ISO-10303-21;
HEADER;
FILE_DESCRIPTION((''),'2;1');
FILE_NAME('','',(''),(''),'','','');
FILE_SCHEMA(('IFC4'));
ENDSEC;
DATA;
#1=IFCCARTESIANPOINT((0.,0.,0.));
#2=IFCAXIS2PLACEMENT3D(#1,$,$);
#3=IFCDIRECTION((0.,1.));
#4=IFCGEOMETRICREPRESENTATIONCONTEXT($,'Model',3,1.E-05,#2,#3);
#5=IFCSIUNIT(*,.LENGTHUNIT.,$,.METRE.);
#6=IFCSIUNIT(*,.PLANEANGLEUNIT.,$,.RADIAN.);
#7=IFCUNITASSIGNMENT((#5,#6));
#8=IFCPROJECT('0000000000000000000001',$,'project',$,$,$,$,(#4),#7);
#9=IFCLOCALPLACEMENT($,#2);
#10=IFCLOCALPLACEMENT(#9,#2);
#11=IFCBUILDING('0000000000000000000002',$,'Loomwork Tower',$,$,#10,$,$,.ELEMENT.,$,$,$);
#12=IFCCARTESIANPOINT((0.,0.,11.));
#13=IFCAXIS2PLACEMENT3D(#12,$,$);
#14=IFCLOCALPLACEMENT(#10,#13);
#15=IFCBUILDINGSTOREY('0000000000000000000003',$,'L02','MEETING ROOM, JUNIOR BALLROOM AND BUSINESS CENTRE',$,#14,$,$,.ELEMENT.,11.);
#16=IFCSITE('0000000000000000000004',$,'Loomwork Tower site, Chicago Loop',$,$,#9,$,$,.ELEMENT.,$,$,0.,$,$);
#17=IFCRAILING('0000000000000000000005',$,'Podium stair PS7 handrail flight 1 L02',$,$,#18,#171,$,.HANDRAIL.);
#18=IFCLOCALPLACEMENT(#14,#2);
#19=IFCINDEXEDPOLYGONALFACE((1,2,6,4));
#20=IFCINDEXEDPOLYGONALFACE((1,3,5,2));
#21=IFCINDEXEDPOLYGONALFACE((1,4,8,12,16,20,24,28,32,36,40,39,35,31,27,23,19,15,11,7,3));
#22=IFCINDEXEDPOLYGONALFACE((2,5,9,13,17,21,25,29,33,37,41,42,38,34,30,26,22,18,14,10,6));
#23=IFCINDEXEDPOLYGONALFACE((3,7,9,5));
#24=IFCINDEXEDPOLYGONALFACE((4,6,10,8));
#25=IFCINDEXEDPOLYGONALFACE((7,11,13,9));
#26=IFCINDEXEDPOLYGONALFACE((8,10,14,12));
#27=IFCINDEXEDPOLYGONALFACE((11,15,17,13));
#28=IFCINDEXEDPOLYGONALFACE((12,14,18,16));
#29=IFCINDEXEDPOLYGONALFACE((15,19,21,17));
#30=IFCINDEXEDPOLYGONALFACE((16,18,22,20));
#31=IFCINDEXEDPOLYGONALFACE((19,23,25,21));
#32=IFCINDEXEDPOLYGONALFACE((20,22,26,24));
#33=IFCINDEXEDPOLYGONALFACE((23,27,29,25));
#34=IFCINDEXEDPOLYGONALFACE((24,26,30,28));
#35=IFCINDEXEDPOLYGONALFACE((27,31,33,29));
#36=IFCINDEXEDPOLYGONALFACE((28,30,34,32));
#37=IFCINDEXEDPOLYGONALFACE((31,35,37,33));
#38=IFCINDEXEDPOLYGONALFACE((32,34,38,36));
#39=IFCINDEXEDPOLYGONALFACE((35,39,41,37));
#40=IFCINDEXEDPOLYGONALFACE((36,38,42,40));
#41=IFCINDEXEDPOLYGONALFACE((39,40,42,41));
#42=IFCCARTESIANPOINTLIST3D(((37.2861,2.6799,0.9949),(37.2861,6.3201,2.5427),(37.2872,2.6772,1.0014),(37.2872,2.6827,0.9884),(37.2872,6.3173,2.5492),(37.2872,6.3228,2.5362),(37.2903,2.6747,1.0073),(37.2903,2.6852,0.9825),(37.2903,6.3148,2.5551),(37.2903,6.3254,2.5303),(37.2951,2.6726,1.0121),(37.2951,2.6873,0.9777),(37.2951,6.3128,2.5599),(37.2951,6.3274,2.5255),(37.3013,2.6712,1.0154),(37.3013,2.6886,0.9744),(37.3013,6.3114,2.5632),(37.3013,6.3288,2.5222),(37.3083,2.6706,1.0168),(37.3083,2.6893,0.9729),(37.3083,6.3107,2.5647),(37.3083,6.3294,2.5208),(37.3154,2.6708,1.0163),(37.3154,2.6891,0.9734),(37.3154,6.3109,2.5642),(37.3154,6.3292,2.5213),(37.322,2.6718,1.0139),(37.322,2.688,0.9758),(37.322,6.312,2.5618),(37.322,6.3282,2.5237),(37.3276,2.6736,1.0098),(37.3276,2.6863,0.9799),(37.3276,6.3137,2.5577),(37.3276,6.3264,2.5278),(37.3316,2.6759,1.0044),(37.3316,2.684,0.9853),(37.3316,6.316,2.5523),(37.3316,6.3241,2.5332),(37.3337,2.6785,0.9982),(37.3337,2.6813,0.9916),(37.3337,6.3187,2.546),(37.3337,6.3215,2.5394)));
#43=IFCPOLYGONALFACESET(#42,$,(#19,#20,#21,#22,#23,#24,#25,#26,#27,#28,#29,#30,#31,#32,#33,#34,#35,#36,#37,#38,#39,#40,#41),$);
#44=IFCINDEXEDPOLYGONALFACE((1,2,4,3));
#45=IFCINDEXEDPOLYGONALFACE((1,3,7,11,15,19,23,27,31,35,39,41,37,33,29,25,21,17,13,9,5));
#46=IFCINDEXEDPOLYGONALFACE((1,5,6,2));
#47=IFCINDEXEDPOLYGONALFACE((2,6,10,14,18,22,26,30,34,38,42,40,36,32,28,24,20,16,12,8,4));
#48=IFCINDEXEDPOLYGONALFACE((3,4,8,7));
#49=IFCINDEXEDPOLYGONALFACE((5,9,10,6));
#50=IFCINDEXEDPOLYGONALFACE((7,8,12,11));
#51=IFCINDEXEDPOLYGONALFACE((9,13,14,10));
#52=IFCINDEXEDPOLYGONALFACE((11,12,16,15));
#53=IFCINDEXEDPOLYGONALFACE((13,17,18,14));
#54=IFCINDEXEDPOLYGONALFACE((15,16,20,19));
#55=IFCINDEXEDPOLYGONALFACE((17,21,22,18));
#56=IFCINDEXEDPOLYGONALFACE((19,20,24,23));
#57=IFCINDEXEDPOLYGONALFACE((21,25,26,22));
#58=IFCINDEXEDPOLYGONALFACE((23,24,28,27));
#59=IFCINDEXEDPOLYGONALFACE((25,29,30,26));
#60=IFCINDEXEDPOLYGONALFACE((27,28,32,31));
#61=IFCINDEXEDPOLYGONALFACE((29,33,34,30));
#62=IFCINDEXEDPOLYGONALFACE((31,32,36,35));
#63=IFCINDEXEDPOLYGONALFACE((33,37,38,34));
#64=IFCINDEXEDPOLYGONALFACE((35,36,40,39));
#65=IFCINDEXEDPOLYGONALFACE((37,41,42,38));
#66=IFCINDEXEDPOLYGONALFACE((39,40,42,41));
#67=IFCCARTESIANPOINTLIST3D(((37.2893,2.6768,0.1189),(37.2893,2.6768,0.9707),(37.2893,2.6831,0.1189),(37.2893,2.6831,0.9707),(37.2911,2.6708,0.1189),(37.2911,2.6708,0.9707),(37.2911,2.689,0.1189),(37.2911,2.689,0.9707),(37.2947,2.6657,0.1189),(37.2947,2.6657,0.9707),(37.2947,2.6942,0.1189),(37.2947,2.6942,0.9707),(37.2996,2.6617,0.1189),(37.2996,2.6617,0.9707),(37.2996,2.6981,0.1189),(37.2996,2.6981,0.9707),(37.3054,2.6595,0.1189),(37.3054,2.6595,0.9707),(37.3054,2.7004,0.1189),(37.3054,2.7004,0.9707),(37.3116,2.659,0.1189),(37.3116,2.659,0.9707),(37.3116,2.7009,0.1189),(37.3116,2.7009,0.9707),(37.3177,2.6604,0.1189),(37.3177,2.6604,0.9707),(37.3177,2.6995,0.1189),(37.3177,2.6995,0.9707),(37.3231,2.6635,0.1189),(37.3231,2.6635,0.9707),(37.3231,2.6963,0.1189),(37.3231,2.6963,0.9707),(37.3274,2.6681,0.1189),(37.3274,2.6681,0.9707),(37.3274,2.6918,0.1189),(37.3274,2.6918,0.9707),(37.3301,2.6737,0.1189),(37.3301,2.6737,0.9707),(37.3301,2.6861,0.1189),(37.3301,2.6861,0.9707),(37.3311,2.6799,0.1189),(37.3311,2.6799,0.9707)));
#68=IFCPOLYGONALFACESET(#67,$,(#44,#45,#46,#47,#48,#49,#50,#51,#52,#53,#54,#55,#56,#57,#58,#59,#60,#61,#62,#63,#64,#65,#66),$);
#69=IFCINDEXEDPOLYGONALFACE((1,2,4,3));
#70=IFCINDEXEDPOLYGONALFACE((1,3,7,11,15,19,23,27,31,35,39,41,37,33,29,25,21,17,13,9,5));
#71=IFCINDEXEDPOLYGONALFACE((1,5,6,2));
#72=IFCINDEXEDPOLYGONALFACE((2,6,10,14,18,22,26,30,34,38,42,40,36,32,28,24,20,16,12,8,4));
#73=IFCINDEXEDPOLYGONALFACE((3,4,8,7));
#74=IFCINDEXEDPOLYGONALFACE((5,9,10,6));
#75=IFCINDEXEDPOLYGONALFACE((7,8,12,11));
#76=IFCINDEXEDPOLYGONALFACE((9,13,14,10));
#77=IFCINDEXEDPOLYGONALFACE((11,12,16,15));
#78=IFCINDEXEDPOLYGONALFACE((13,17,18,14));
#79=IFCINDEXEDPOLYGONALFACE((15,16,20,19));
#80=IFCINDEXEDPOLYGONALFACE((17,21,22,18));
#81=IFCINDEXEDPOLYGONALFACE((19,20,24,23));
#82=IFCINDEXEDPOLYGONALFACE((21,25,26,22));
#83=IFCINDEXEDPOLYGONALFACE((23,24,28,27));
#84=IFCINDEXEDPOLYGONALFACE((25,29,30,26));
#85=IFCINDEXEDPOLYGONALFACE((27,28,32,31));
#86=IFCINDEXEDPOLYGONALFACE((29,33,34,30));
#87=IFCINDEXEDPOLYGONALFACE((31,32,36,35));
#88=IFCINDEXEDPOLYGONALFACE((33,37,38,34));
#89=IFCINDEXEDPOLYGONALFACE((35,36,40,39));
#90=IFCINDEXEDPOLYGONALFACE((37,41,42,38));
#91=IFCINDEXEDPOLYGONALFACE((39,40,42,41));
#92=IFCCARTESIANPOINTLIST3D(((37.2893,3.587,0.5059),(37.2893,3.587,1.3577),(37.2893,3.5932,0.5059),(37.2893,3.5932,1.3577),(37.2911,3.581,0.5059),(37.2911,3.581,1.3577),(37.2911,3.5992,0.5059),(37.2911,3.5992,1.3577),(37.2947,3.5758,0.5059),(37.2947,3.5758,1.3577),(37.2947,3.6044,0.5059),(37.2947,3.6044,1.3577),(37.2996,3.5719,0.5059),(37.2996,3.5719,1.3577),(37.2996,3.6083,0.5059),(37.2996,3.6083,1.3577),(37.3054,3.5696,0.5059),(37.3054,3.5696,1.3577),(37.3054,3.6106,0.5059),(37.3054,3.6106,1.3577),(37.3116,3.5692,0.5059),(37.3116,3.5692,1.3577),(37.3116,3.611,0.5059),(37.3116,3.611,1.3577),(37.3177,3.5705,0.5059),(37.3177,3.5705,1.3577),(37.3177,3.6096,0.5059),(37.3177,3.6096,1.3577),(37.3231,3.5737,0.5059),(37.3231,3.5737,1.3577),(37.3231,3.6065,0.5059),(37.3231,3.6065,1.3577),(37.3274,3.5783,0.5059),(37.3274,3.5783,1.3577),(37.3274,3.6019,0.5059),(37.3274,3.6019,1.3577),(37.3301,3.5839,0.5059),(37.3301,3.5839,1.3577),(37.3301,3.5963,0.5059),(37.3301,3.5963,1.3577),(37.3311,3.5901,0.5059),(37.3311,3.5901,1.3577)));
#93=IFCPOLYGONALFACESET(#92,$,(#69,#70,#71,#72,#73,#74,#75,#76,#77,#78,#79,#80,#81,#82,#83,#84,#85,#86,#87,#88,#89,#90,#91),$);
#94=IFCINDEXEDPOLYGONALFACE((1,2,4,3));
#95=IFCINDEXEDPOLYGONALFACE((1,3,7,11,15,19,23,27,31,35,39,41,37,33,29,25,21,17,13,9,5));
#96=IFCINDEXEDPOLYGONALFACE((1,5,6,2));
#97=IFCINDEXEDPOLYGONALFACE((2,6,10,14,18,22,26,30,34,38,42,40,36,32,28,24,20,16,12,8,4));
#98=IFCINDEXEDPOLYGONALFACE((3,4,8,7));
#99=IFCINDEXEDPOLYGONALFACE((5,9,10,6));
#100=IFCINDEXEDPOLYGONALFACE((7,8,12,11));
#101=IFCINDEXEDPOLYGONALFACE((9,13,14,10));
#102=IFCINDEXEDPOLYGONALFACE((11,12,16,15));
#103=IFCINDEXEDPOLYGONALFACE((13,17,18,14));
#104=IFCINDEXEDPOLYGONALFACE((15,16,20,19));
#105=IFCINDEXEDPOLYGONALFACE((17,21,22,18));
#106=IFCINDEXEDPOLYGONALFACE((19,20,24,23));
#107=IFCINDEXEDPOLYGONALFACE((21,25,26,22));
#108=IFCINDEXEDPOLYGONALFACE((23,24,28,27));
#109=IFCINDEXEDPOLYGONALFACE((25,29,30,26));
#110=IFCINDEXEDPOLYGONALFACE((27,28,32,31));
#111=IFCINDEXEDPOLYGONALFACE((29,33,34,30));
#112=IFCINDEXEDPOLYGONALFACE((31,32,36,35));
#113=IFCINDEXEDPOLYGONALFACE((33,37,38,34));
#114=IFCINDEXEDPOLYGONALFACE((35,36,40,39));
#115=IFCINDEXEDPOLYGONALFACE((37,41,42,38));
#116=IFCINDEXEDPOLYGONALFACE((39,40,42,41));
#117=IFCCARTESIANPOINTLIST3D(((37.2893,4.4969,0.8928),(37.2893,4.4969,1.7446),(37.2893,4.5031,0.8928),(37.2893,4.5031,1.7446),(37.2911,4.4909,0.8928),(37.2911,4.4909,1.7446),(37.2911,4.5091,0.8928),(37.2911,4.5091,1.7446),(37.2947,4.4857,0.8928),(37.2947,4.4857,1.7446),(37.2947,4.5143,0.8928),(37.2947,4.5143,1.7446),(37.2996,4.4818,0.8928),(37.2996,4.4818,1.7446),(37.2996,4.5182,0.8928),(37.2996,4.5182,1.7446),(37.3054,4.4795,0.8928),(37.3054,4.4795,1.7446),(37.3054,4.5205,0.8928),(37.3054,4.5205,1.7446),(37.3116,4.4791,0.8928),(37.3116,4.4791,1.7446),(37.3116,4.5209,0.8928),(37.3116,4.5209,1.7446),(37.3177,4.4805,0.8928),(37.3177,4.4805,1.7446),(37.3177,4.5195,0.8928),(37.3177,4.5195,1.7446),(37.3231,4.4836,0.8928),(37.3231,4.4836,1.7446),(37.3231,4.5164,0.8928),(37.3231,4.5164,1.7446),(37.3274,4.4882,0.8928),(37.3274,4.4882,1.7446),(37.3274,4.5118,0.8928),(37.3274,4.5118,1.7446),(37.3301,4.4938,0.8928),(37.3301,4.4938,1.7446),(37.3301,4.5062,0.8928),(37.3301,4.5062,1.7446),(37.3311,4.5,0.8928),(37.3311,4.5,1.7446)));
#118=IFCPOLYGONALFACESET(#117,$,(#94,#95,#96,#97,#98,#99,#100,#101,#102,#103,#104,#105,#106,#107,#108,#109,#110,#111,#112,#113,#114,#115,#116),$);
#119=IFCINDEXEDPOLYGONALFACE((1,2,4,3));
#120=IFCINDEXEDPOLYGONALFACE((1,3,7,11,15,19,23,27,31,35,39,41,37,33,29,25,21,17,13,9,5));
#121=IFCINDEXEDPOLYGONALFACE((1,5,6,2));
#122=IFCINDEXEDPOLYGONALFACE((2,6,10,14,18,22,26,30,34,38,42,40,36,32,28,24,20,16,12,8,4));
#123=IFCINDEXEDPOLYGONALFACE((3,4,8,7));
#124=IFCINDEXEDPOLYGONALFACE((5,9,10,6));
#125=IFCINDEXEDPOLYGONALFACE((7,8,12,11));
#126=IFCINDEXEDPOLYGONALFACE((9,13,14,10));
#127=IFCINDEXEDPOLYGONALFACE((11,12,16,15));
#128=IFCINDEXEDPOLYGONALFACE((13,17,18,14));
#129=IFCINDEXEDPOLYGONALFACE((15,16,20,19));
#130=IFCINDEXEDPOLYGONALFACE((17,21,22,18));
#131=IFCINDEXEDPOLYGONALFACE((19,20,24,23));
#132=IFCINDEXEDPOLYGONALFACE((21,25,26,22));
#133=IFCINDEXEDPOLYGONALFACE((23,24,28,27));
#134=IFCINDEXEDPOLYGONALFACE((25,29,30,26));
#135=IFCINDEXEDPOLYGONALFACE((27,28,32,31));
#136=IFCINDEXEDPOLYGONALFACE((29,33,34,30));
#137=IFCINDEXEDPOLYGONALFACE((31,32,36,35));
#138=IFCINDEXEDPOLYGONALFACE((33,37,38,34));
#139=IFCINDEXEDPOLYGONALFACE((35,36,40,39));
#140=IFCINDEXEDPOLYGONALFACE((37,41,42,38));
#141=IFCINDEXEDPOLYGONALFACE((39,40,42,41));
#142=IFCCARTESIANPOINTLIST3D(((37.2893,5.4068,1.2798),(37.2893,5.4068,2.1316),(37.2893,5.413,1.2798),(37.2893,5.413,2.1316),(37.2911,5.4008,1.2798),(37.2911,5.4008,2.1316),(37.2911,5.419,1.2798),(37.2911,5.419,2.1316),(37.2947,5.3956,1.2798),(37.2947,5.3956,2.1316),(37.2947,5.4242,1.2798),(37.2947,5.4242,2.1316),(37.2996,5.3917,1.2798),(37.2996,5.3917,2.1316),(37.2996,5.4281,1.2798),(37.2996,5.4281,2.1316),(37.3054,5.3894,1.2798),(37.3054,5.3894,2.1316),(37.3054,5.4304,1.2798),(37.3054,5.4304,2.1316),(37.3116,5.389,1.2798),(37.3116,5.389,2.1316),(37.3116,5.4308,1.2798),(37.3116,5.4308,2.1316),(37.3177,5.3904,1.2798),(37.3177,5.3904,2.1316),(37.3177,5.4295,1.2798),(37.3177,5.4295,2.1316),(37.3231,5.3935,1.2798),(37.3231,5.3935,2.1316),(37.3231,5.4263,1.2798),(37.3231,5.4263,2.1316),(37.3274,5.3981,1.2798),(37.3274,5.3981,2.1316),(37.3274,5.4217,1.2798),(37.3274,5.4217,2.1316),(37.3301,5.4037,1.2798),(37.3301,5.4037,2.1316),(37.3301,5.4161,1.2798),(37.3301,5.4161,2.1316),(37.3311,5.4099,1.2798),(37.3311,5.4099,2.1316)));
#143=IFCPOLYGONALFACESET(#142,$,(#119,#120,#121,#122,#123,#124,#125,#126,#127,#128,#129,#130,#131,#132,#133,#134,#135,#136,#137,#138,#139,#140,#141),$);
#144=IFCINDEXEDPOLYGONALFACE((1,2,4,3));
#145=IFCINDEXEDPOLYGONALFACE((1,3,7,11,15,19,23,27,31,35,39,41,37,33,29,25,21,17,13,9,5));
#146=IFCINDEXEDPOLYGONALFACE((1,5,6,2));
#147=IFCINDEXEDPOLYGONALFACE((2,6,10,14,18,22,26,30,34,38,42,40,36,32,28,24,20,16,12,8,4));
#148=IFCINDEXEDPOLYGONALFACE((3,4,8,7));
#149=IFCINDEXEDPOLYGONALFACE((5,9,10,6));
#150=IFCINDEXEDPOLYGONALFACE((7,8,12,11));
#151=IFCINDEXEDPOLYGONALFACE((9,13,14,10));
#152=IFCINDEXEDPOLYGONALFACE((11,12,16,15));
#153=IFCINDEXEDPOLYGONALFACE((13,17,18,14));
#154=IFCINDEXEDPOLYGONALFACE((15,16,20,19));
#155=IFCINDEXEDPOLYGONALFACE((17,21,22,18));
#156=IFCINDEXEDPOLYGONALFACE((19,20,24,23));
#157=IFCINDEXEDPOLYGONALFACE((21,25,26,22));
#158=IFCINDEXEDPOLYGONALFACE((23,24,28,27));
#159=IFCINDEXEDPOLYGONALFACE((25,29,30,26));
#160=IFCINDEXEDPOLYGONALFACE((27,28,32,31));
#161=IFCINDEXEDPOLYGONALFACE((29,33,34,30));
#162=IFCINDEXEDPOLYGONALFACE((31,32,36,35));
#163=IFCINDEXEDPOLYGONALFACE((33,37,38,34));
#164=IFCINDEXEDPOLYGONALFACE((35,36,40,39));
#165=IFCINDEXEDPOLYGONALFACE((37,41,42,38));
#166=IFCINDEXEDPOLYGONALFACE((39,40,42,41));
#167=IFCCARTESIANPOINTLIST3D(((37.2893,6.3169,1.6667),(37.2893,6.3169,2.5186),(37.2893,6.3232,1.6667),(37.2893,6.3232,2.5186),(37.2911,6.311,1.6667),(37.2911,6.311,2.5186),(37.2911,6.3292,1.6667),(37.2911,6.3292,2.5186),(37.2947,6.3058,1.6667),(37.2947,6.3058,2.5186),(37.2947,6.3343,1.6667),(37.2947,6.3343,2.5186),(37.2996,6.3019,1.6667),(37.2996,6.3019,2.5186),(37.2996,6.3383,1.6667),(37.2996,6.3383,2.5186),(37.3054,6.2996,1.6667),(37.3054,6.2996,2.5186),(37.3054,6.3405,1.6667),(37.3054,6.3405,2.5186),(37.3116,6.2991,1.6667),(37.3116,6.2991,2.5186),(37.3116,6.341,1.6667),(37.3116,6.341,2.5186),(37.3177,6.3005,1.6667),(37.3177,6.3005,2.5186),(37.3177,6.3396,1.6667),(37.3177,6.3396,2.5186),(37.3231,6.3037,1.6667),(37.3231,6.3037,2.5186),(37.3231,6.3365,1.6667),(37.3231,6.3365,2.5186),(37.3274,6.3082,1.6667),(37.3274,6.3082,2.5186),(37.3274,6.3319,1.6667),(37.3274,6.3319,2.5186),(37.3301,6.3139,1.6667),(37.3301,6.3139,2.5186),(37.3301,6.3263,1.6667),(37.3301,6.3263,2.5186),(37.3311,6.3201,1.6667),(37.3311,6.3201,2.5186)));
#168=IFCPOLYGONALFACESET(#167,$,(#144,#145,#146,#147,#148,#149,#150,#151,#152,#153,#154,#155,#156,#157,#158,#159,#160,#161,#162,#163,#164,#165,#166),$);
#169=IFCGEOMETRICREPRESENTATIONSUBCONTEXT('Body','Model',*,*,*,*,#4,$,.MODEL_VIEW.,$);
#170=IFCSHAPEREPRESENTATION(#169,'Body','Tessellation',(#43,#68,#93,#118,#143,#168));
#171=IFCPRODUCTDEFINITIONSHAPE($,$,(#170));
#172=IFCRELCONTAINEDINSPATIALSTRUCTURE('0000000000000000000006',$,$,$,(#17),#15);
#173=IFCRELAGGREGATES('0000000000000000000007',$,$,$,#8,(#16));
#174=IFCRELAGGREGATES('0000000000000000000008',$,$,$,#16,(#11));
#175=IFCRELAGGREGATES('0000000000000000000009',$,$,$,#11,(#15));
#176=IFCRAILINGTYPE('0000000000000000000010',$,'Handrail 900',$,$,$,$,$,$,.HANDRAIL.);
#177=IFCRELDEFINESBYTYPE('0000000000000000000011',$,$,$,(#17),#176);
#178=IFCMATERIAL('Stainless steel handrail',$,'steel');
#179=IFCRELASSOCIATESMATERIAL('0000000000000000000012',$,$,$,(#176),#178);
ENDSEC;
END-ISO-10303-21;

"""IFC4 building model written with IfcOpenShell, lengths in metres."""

from ifc_helpers import new_model, si_unit, direction, frame, origin, origin_2d, place, context, subcontext, project, spatial, circle, extrude, material, type_object, element, save


model = new_model("IFC4")

# Units and contexts
model_context = context("Model", 3, precision=1e-05, world=origin(), true_north=direction((0.0, 1.0)))
body_context = subcontext(model_context, "Body", "Model", "MODEL_VIEW")
ifc_project = project(units=[si_unit("LENGTHUNIT", "METRE"), si_unit("PLANEANGLEUNIT", "RADIAN")], contexts=[model_context])

# Site, building, storey
site_placement = place(None, origin())
site = spatial("IfcSite", under=ifc_project, at=site_placement, Name="Loomwork Tower site, Chicago Loop", CompositionType="ELEMENT", RefElevation=0.0)
building_placement = place(site_placement, origin())
building = spatial("IfcBuilding", under=site, at=building_placement, Name="Loomwork Tower", CompositionType="ELEMENT")
storey_placement = place(building_placement, frame((0.0, 0.0, 11.0)))
storey = spatial("IfcBuildingStorey", under=building, at=storey_placement, Name="L02", Description="MEETING ROOM, JUNIOR BALLROOM AND BUSINESS CENTRE", CompositionType="ELEMENT", Elevation=11.0)

# Railing
ifc_material_1 = material(Name="Stainless steel handrail", Category="steel")
railing_type = type_object("IfcRailingType", Name="Handrail 900", PredefinedType="HANDRAIL", material=ifc_material_1)
railing_1_placement = place(storey_placement, frame((37.3101, 2.6799, 0.1189)))
element("IfcRailing", 1, at=railing_1_placement, inside=storey, type_object=railing_type, Name="Podium stair PS7 handrail flight 1 L02", PredefinedType="HANDRAIL", context=body_context, shape_type="SweptSolid", body=[
    extrude(circle(Radius=0.0239, at=origin_2d()), frame((0.0, 0.0, 0.876), z_axis=(0.0, 0.920259, 0.391311), x_axis=(-1.0, 0.0, 0.0)), (0.0, 0.0, 1.0), 3.9556),
    extrude(circle(Radius=0.021, at=origin_2d()), origin(), (0.0, 0.0, 1.0), 0.8518),
    extrude(circle(Radius=0.021, at=origin_2d()), frame((0.0, 0.9102, 0.387)), (0.0, 0.0, 1.0), 0.8518),
    extrude(circle(Radius=0.021, at=origin_2d()), frame((0.0, 1.8201, 0.7739)), (0.0, 0.0, 1.0), 0.8518),
    extrude(circle(Radius=0.021, at=origin_2d()), frame((0.0, 2.73, 1.1609)), (0.0, 0.0, 1.0), 0.8518),
    extrude(circle(Radius=0.021, at=origin_2d()), frame((0.0, 3.6401, 1.5479)), (0.0, 0.0, 1.0), 0.8518),
])

save(model, "model.ifc")
